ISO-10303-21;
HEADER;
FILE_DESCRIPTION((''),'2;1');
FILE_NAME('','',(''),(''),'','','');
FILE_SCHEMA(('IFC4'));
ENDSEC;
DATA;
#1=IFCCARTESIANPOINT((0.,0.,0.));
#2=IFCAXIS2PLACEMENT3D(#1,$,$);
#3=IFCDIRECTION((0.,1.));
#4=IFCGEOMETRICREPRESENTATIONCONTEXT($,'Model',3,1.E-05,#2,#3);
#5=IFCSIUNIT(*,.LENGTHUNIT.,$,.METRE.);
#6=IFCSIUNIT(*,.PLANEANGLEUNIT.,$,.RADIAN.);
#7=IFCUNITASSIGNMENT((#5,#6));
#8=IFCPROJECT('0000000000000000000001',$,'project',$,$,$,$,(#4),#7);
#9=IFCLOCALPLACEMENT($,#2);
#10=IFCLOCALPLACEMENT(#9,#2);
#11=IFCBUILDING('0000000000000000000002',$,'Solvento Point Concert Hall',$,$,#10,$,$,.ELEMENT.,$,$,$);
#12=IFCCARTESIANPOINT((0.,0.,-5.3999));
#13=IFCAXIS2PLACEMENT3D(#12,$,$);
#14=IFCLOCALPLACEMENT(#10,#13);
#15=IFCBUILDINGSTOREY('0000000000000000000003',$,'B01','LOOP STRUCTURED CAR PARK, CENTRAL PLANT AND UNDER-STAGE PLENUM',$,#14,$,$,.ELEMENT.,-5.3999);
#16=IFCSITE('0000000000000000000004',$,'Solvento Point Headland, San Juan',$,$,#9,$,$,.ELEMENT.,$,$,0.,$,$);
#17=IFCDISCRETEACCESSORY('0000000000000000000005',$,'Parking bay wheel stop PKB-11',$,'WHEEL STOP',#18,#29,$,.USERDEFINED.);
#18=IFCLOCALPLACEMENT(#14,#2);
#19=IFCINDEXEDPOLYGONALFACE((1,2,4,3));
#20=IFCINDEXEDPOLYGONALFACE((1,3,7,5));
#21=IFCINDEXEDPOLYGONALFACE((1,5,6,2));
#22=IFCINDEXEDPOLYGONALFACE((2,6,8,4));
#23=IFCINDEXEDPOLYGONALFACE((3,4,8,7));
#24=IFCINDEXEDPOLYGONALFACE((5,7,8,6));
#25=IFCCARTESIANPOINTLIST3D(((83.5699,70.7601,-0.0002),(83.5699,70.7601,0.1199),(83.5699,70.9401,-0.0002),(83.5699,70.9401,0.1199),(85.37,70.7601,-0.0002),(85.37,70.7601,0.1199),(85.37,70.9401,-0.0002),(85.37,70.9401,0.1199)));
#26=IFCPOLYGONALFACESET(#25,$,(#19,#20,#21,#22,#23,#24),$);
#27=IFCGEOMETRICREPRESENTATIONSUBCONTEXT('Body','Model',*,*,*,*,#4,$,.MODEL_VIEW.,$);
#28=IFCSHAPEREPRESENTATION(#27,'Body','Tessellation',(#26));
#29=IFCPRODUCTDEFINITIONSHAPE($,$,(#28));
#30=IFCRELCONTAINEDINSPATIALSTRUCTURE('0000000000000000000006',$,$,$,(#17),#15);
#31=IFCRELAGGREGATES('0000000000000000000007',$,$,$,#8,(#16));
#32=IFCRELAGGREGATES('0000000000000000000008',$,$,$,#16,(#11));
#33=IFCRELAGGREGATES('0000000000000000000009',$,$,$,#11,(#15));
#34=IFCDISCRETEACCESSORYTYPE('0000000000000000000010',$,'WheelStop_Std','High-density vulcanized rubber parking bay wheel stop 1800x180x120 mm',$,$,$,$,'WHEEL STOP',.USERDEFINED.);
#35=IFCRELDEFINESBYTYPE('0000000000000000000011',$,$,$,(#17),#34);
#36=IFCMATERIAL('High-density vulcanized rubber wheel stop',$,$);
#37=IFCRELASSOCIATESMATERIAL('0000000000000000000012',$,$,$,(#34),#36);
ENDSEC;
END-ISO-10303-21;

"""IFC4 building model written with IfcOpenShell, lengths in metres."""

from ifc_helpers import new_model, si_unit, direction, frame, origin, origin_2d, place, context, subcontext, project, spatial, rectangle, extrude, material, type_object, element, save


model = new_model("IFC4")

# Units and contexts
model_context = context("Model", 3, precision=1e-05, world=origin(), true_north=direction((0.0, 1.0)))
body_context = subcontext(model_context, "Body", "Model", "MODEL_VIEW")
ifc_project = project(units=[si_unit("LENGTHUNIT", "METRE"), si_unit("PLANEANGLEUNIT", "RADIAN")], contexts=[model_context])

# Site, building, storey
site_placement = place(None, origin())
site = spatial("IfcSite", under=ifc_project, at=site_placement, Name="Solvento Point Headland, San Juan", CompositionType="ELEMENT", RefElevation=0.0)
building_placement = place(site_placement, origin())
building = spatial("IfcBuilding", under=site, at=building_placement, Name="Solvento Point Concert Hall", CompositionType="ELEMENT")
storey_placement = place(building_placement, frame((0.0, 0.0, -5.3999)))
storey = spatial("IfcBuildingStorey", under=building, at=storey_placement, Name="B01", Description="LOOP STRUCTURED CAR PARK, CENTRAL PLANT AND UNDER-STAGE PLENUM", CompositionType="ELEMENT", Elevation=-5.3999)

# Discrete accessory
ifc_material_1 = material(Name="High-density vulcanized rubber wheel stop")
discrete_accessory_type = type_object("IfcDiscreteAccessoryType", Name="WheelStop_Std", Description="High-density vulcanized rubber parking bay wheel stop 1800x180x120 mm", ElementType="WHEEL STOP", PredefinedType="USERDEFINED", material=ifc_material_1)
for number, where, z_axis, x_axis, name in (
    (1, (84.47, 70.8501, -0.0002), (0.0, 0.0, 1.0), (1.0, 0.0, 0.0), "Parking bay wheel stop PKB-11"),
):
    element("IfcDiscreteAccessory", number, at=place(storey_placement, frame(where, z_axis=z_axis, x_axis=x_axis)), inside=storey, type_object=discrete_accessory_type, Name=name, ObjectType="WHEEL STOP", PredefinedType="USERDEFINED", context=body_context, shape_type="SweptSolid", body=[
        extrude(rectangle(XDim=1.8, YDim=0.1799, at=origin_2d()), origin(), (0.0, 0.0, 1.0), 0.1201),
    ])

save(model, "model.ifc")
